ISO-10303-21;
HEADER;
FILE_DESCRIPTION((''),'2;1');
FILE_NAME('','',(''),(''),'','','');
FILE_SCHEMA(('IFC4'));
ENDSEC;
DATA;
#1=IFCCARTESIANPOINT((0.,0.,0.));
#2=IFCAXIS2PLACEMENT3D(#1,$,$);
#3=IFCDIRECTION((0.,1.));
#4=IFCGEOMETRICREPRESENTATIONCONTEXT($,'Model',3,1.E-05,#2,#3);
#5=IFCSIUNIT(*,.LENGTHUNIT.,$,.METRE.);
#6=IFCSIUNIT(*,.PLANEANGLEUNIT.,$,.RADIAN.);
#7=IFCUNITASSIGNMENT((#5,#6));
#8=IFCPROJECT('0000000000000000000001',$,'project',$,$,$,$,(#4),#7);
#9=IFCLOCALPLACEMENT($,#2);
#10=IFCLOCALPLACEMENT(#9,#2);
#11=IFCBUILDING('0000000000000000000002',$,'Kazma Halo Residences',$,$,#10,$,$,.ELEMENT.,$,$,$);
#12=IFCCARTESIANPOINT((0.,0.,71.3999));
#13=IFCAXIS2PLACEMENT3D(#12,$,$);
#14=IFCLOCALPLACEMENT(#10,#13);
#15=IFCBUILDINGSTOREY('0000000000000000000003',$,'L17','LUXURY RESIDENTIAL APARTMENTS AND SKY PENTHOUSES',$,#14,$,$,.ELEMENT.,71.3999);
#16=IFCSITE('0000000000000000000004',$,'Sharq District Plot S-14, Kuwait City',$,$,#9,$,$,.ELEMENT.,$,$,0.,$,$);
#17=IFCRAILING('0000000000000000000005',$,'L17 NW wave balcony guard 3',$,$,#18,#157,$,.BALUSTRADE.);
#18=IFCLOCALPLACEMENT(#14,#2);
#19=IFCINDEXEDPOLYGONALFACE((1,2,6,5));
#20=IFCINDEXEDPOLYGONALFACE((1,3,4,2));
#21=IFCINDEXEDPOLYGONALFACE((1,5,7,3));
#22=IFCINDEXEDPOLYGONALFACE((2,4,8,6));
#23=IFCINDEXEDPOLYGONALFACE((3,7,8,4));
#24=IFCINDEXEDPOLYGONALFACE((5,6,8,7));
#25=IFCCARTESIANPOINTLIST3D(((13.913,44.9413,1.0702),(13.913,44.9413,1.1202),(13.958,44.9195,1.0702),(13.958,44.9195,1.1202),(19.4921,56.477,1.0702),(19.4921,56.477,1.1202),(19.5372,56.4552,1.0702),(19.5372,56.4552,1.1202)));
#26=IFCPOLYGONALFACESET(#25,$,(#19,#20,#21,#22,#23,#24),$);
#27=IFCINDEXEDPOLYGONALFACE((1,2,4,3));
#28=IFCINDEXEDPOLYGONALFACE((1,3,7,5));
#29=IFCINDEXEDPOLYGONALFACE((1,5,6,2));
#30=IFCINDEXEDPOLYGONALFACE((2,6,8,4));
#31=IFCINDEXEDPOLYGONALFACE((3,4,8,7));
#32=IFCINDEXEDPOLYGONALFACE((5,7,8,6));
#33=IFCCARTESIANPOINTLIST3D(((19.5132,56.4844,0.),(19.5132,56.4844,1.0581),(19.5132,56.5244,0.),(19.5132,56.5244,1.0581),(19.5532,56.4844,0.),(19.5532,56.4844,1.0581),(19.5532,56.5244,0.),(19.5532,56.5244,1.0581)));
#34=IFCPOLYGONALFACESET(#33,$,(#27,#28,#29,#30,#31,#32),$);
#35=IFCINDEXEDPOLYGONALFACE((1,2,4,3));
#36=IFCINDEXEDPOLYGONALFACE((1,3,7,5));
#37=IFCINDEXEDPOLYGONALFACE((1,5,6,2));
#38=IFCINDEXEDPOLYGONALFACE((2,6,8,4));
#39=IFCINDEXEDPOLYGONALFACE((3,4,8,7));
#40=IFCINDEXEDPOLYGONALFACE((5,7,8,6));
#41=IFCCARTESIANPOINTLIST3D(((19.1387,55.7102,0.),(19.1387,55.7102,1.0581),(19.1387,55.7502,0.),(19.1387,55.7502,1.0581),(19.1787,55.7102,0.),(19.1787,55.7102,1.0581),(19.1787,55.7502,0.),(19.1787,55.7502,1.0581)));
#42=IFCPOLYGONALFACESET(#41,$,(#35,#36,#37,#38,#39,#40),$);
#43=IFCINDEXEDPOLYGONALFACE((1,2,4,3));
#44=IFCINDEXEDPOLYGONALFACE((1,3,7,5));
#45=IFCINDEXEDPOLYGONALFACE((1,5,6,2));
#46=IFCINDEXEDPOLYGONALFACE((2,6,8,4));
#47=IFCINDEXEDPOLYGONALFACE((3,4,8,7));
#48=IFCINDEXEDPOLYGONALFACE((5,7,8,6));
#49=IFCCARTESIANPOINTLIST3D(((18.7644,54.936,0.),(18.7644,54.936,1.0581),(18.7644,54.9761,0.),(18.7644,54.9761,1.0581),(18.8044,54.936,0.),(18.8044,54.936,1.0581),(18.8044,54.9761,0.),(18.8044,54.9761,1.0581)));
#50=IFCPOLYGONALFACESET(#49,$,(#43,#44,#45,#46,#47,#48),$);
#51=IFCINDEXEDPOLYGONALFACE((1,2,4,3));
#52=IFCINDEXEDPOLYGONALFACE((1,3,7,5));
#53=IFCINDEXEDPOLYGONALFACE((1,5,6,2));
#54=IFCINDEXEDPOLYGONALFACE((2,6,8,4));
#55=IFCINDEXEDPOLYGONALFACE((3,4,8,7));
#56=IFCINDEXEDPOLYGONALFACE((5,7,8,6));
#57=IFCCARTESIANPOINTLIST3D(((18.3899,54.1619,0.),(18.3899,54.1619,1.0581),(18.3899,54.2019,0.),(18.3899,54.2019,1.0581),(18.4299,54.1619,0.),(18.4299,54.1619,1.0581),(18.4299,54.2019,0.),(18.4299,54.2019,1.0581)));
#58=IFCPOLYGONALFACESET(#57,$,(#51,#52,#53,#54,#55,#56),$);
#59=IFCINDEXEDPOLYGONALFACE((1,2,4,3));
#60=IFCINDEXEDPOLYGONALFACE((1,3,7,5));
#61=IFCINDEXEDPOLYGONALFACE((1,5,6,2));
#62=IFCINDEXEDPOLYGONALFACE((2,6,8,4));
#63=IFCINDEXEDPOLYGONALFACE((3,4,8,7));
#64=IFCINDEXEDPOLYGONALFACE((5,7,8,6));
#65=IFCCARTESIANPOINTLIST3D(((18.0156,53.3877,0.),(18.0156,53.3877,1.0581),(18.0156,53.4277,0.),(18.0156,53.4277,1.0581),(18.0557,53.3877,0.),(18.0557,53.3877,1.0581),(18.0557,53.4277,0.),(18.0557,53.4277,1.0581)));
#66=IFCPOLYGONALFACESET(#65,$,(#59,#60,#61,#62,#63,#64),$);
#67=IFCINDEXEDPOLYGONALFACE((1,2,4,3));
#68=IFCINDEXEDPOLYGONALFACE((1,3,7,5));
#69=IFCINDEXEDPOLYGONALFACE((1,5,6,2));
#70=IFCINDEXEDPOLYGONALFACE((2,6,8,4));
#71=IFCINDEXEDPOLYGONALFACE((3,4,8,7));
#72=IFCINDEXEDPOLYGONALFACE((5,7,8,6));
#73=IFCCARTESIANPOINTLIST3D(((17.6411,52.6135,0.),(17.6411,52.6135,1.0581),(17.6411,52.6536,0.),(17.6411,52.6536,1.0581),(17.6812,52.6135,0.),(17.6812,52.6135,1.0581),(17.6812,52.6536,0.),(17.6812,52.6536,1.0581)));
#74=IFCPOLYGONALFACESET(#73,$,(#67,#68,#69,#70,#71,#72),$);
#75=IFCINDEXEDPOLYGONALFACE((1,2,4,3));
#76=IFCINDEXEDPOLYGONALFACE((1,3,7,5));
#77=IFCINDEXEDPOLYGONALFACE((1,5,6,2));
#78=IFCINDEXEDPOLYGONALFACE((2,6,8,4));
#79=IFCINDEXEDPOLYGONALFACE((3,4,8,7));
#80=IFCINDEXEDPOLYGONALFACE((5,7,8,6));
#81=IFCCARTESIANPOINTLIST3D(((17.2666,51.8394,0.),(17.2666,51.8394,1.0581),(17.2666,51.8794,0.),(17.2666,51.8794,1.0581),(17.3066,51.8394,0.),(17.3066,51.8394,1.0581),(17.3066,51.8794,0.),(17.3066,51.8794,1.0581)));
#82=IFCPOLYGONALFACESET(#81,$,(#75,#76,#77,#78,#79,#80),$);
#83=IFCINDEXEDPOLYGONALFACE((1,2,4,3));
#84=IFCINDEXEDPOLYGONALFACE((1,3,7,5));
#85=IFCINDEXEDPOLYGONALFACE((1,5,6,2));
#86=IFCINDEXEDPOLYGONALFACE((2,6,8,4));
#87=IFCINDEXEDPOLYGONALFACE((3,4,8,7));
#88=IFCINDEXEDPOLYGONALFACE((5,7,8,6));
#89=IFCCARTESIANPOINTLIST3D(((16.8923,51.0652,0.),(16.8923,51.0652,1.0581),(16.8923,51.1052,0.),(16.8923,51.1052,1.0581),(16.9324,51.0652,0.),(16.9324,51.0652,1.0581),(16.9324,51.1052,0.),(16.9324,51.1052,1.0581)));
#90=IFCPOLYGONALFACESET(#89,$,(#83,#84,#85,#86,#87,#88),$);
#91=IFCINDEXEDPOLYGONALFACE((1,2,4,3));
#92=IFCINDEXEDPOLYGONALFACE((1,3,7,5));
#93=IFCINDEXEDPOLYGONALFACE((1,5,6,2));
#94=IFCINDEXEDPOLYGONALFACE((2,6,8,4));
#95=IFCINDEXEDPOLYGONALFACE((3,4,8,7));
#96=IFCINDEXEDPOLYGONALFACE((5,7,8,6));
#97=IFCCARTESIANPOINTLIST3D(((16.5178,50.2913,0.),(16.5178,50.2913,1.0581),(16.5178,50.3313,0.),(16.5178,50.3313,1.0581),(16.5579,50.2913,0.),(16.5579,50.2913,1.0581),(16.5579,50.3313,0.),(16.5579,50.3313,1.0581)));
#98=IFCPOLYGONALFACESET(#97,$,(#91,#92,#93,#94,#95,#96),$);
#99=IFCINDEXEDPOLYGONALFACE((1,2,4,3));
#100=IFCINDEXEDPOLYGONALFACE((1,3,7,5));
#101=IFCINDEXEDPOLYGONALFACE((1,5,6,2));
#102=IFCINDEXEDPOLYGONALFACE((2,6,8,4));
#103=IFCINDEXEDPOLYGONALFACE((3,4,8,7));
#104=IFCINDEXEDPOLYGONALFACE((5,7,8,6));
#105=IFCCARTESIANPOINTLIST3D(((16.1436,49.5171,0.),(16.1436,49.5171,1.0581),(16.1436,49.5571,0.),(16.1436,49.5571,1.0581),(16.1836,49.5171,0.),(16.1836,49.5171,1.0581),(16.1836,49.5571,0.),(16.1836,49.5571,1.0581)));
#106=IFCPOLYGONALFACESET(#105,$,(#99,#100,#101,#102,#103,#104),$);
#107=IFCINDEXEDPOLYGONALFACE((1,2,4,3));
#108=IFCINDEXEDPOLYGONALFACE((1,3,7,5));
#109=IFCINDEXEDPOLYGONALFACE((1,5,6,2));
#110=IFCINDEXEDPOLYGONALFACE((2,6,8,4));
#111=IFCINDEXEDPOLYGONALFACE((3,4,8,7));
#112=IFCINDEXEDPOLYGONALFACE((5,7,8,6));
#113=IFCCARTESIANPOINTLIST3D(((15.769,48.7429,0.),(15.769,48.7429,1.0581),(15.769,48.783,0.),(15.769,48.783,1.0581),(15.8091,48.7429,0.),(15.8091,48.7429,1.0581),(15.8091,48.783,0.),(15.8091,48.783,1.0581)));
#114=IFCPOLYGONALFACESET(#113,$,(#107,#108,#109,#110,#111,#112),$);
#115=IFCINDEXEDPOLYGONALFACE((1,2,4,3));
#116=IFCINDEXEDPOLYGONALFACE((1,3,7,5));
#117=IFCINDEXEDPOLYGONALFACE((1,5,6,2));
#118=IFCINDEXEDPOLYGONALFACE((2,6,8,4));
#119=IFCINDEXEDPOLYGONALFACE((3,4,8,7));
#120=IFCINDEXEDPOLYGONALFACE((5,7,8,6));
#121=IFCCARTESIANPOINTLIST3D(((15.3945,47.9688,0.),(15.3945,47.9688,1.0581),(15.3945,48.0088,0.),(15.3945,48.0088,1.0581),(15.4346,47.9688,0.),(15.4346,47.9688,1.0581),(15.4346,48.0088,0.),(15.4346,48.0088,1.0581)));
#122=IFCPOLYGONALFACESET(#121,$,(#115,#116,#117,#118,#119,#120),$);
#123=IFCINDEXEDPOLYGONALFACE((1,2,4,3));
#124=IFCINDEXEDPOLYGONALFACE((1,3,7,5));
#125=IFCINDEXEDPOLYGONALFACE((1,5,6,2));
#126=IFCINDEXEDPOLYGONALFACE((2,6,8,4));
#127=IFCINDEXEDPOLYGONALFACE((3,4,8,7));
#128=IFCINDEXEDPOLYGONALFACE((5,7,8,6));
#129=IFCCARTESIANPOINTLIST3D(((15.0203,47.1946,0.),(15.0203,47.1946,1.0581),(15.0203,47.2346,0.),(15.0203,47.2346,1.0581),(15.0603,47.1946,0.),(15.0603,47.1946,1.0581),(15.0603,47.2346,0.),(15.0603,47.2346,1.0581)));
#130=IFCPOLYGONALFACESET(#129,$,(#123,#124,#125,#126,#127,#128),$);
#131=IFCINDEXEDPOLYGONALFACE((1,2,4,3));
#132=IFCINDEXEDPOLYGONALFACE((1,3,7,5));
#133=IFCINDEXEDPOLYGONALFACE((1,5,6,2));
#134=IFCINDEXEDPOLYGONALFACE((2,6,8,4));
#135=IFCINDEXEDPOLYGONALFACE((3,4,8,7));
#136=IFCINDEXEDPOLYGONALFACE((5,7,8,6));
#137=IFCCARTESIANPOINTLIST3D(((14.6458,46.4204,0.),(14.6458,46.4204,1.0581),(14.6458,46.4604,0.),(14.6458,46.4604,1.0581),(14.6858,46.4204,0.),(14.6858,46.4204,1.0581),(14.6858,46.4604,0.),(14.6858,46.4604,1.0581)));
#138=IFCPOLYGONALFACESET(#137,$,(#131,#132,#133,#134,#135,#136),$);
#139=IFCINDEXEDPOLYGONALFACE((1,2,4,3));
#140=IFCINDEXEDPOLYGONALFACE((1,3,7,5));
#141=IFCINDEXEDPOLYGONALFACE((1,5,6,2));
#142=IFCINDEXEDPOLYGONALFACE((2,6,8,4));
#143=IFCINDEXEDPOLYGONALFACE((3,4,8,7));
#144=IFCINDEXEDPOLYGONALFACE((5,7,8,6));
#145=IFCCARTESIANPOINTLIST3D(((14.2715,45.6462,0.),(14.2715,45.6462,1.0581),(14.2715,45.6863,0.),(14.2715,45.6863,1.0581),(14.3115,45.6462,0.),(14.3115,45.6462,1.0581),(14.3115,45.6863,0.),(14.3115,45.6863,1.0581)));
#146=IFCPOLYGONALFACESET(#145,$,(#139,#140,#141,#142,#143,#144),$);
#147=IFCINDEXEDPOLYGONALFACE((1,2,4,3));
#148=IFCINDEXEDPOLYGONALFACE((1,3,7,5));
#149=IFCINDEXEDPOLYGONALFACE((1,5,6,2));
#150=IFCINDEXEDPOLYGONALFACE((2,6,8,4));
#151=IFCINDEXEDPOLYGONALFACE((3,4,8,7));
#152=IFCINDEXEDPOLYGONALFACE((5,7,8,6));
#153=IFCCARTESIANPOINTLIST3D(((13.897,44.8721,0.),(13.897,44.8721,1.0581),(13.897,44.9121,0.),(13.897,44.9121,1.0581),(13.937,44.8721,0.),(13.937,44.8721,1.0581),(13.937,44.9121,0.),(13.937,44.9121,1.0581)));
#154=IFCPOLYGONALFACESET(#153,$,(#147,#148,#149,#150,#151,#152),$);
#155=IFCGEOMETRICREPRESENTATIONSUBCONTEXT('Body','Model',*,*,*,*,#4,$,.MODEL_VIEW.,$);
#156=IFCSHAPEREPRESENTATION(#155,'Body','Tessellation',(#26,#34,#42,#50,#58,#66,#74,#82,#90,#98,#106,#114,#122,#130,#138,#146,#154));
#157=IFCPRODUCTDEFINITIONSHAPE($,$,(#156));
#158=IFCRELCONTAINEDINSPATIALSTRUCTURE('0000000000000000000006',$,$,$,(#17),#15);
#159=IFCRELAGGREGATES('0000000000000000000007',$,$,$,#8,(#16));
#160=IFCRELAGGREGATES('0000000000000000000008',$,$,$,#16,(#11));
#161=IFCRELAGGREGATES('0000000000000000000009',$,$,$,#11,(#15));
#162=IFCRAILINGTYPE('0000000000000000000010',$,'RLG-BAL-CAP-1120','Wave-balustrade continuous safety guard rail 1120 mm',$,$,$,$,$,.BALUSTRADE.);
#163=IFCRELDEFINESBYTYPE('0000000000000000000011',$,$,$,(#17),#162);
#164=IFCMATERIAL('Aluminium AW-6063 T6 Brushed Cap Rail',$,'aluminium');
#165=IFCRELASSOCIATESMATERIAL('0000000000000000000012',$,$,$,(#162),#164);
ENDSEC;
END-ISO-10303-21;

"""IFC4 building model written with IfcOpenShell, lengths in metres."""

from ifc_helpers import new_model, si_unit, direction, frame, origin, origin_2d, place, context, subcontext, project, spatial, rectangle, extrude, material, type_object, element, save


model = new_model("IFC4")

# Units and contexts
model_context = context("Model", 3, precision=1e-05, world=origin(), true_north=direction((0.0, 1.0)))
body_context = subcontext(model_context, "Body", "Model", "MODEL_VIEW")
ifc_project = project(units=[si_unit("LENGTHUNIT", "METRE"), si_unit("PLANEANGLEUNIT", "RADIAN")], contexts=[model_context])

# Site, building, storey
site_placement = place(None, origin())
site = spatial("IfcSite", under=ifc_project, at=site_placement, Name="Sharq District Plot S-14, Kuwait City", CompositionType="ELEMENT", RefElevation=0.0)
building_placement = place(site_placement, origin())
building = spatial("IfcBuilding", under=site, at=building_placement, Name="Kazma Halo Residences", CompositionType="ELEMENT")
storey_placement = place(building_placement, frame((0.0, 0.0, 71.3999)))
storey = spatial("IfcBuildingStorey", under=building, at=storey_placement, Name="L17", Description="LUXURY RESIDENTIAL APARTMENTS AND SKY PENTHOUSES", CompositionType="ELEMENT", Elevation=71.3999)

# Railing
ifc_material_1 = material(Name="Aluminium AW-6063 T6 Brushed Cap Rail", Category="aluminium")
railing_type = type_object("IfcRailingType", Name="RLG-BAL-CAP-1120", Description="Wave-balustrade continuous safety guard rail 1120 mm", PredefinedType="BALUSTRADE", material=ifc_material_1)
railing_1_placement = place(storey_placement, frame((19.5332, 56.5044, 0.0)))
element("IfcRailing", 1, at=railing_1_placement, inside=storey, type_object=railing_type, Name="L17 NW wave balcony guard 3", PredefinedType="BALUSTRADE", context=body_context, shape_type="SweptSolid", body=[
    extrude(rectangle(XDim=0.05, YDim=0.05, at=origin_2d()), frame((-0.0186, -0.0383, 1.0952), z_axis=(-0.435395, -0.90024, 0.0), x_axis=(0.90024, -0.435395, 0.0)), (0.0, 0.0, 1.0), 12.814),
    extrude(rectangle(XDim=0.04, YDim=0.04, at=origin_2d()), origin(), (0.0, 0.0, 1.0), 1.0581),
    extrude(rectangle(XDim=0.04, YDim=0.04, at=origin_2d()), frame((-0.3745, -0.7742, 0.0)), (0.0, 0.0, 1.0), 1.0581),
    extrude(rectangle(XDim=0.04, YDim=0.04, at=origin_2d()), frame((-0.7488, -1.5483, 0.0)), (0.0, 0.0, 1.0), 1.0581),
    extrude(rectangle(XDim=0.04, YDim=0.04, at=origin_2d()), frame((-1.1233, -2.3225, 0.0)), (0.0, 0.0, 1.0), 1.0581),
    extrude(rectangle(XDim=0.04, YDim=0.04, at=origin_2d()), frame((-1.4976, -3.0967, 0.0)), (0.0, 0.0, 1.0), 1.0581),
    extrude(rectangle(XDim=0.04, YDim=0.04, at=origin_2d()), frame((-1.8721, -3.8708, 0.0)), (0.0, 0.0, 1.0), 1.0581),
    extrude(rectangle(XDim=0.04, YDim=0.04, at=origin_2d()), frame((-2.2466, -4.645, 0.0)), (0.0, 0.0, 1.0), 1.0581),
    extrude(rectangle(XDim=0.04, YDim=0.04, at=origin_2d()), frame((-2.6208, -5.4192, 0.0)), (0.0, 0.0, 1.0), 1.0581),
    extrude(rectangle(XDim=0.04, YDim=0.04, at=origin_2d()), frame((-2.9954, -6.1931, 0.0)), (0.0, 0.0, 1.0), 1.0581),
    extrude(rectangle(XDim=0.04, YDim=0.04, at=origin_2d()), frame((-3.3696, -6.9673, 0.0)), (0.0, 0.0, 1.0), 1.0581),
    extrude(rectangle(XDim=0.04, YDim=0.04, at=origin_2d()), frame((-3.7441, -7.7415, 0.0)), (0.0, 0.0, 1.0), 1.0581),
    extrude(rectangle(XDim=0.04, YDim=0.04, at=origin_2d()), frame((-4.1187, -8.5156, 0.0)), (0.0, 0.0, 1.0), 1.0581),
    extrude(rectangle(XDim=0.04, YDim=0.04, at=origin_2d()), frame((-4.4929, -9.2898, 0.0)), (0.0, 0.0, 1.0), 1.0581),
    extrude(rectangle(XDim=0.04, YDim=0.04, at=origin_2d()), frame((-4.8674, -10.064, 0.0)), (0.0, 0.0, 1.0), 1.0581),
    extrude(rectangle(XDim=0.04, YDim=0.04, at=origin_2d()), frame((-5.2417, -10.8381, 0.0)), (0.0, 0.0, 1.0), 1.0581),
    extrude(rectangle(XDim=0.04, YDim=0.04, at=origin_2d()), frame((-5.6162, -11.6123, 0.0)), (0.0, 0.0, 1.0), 1.0581),
])

save(model, "model.ifc")
